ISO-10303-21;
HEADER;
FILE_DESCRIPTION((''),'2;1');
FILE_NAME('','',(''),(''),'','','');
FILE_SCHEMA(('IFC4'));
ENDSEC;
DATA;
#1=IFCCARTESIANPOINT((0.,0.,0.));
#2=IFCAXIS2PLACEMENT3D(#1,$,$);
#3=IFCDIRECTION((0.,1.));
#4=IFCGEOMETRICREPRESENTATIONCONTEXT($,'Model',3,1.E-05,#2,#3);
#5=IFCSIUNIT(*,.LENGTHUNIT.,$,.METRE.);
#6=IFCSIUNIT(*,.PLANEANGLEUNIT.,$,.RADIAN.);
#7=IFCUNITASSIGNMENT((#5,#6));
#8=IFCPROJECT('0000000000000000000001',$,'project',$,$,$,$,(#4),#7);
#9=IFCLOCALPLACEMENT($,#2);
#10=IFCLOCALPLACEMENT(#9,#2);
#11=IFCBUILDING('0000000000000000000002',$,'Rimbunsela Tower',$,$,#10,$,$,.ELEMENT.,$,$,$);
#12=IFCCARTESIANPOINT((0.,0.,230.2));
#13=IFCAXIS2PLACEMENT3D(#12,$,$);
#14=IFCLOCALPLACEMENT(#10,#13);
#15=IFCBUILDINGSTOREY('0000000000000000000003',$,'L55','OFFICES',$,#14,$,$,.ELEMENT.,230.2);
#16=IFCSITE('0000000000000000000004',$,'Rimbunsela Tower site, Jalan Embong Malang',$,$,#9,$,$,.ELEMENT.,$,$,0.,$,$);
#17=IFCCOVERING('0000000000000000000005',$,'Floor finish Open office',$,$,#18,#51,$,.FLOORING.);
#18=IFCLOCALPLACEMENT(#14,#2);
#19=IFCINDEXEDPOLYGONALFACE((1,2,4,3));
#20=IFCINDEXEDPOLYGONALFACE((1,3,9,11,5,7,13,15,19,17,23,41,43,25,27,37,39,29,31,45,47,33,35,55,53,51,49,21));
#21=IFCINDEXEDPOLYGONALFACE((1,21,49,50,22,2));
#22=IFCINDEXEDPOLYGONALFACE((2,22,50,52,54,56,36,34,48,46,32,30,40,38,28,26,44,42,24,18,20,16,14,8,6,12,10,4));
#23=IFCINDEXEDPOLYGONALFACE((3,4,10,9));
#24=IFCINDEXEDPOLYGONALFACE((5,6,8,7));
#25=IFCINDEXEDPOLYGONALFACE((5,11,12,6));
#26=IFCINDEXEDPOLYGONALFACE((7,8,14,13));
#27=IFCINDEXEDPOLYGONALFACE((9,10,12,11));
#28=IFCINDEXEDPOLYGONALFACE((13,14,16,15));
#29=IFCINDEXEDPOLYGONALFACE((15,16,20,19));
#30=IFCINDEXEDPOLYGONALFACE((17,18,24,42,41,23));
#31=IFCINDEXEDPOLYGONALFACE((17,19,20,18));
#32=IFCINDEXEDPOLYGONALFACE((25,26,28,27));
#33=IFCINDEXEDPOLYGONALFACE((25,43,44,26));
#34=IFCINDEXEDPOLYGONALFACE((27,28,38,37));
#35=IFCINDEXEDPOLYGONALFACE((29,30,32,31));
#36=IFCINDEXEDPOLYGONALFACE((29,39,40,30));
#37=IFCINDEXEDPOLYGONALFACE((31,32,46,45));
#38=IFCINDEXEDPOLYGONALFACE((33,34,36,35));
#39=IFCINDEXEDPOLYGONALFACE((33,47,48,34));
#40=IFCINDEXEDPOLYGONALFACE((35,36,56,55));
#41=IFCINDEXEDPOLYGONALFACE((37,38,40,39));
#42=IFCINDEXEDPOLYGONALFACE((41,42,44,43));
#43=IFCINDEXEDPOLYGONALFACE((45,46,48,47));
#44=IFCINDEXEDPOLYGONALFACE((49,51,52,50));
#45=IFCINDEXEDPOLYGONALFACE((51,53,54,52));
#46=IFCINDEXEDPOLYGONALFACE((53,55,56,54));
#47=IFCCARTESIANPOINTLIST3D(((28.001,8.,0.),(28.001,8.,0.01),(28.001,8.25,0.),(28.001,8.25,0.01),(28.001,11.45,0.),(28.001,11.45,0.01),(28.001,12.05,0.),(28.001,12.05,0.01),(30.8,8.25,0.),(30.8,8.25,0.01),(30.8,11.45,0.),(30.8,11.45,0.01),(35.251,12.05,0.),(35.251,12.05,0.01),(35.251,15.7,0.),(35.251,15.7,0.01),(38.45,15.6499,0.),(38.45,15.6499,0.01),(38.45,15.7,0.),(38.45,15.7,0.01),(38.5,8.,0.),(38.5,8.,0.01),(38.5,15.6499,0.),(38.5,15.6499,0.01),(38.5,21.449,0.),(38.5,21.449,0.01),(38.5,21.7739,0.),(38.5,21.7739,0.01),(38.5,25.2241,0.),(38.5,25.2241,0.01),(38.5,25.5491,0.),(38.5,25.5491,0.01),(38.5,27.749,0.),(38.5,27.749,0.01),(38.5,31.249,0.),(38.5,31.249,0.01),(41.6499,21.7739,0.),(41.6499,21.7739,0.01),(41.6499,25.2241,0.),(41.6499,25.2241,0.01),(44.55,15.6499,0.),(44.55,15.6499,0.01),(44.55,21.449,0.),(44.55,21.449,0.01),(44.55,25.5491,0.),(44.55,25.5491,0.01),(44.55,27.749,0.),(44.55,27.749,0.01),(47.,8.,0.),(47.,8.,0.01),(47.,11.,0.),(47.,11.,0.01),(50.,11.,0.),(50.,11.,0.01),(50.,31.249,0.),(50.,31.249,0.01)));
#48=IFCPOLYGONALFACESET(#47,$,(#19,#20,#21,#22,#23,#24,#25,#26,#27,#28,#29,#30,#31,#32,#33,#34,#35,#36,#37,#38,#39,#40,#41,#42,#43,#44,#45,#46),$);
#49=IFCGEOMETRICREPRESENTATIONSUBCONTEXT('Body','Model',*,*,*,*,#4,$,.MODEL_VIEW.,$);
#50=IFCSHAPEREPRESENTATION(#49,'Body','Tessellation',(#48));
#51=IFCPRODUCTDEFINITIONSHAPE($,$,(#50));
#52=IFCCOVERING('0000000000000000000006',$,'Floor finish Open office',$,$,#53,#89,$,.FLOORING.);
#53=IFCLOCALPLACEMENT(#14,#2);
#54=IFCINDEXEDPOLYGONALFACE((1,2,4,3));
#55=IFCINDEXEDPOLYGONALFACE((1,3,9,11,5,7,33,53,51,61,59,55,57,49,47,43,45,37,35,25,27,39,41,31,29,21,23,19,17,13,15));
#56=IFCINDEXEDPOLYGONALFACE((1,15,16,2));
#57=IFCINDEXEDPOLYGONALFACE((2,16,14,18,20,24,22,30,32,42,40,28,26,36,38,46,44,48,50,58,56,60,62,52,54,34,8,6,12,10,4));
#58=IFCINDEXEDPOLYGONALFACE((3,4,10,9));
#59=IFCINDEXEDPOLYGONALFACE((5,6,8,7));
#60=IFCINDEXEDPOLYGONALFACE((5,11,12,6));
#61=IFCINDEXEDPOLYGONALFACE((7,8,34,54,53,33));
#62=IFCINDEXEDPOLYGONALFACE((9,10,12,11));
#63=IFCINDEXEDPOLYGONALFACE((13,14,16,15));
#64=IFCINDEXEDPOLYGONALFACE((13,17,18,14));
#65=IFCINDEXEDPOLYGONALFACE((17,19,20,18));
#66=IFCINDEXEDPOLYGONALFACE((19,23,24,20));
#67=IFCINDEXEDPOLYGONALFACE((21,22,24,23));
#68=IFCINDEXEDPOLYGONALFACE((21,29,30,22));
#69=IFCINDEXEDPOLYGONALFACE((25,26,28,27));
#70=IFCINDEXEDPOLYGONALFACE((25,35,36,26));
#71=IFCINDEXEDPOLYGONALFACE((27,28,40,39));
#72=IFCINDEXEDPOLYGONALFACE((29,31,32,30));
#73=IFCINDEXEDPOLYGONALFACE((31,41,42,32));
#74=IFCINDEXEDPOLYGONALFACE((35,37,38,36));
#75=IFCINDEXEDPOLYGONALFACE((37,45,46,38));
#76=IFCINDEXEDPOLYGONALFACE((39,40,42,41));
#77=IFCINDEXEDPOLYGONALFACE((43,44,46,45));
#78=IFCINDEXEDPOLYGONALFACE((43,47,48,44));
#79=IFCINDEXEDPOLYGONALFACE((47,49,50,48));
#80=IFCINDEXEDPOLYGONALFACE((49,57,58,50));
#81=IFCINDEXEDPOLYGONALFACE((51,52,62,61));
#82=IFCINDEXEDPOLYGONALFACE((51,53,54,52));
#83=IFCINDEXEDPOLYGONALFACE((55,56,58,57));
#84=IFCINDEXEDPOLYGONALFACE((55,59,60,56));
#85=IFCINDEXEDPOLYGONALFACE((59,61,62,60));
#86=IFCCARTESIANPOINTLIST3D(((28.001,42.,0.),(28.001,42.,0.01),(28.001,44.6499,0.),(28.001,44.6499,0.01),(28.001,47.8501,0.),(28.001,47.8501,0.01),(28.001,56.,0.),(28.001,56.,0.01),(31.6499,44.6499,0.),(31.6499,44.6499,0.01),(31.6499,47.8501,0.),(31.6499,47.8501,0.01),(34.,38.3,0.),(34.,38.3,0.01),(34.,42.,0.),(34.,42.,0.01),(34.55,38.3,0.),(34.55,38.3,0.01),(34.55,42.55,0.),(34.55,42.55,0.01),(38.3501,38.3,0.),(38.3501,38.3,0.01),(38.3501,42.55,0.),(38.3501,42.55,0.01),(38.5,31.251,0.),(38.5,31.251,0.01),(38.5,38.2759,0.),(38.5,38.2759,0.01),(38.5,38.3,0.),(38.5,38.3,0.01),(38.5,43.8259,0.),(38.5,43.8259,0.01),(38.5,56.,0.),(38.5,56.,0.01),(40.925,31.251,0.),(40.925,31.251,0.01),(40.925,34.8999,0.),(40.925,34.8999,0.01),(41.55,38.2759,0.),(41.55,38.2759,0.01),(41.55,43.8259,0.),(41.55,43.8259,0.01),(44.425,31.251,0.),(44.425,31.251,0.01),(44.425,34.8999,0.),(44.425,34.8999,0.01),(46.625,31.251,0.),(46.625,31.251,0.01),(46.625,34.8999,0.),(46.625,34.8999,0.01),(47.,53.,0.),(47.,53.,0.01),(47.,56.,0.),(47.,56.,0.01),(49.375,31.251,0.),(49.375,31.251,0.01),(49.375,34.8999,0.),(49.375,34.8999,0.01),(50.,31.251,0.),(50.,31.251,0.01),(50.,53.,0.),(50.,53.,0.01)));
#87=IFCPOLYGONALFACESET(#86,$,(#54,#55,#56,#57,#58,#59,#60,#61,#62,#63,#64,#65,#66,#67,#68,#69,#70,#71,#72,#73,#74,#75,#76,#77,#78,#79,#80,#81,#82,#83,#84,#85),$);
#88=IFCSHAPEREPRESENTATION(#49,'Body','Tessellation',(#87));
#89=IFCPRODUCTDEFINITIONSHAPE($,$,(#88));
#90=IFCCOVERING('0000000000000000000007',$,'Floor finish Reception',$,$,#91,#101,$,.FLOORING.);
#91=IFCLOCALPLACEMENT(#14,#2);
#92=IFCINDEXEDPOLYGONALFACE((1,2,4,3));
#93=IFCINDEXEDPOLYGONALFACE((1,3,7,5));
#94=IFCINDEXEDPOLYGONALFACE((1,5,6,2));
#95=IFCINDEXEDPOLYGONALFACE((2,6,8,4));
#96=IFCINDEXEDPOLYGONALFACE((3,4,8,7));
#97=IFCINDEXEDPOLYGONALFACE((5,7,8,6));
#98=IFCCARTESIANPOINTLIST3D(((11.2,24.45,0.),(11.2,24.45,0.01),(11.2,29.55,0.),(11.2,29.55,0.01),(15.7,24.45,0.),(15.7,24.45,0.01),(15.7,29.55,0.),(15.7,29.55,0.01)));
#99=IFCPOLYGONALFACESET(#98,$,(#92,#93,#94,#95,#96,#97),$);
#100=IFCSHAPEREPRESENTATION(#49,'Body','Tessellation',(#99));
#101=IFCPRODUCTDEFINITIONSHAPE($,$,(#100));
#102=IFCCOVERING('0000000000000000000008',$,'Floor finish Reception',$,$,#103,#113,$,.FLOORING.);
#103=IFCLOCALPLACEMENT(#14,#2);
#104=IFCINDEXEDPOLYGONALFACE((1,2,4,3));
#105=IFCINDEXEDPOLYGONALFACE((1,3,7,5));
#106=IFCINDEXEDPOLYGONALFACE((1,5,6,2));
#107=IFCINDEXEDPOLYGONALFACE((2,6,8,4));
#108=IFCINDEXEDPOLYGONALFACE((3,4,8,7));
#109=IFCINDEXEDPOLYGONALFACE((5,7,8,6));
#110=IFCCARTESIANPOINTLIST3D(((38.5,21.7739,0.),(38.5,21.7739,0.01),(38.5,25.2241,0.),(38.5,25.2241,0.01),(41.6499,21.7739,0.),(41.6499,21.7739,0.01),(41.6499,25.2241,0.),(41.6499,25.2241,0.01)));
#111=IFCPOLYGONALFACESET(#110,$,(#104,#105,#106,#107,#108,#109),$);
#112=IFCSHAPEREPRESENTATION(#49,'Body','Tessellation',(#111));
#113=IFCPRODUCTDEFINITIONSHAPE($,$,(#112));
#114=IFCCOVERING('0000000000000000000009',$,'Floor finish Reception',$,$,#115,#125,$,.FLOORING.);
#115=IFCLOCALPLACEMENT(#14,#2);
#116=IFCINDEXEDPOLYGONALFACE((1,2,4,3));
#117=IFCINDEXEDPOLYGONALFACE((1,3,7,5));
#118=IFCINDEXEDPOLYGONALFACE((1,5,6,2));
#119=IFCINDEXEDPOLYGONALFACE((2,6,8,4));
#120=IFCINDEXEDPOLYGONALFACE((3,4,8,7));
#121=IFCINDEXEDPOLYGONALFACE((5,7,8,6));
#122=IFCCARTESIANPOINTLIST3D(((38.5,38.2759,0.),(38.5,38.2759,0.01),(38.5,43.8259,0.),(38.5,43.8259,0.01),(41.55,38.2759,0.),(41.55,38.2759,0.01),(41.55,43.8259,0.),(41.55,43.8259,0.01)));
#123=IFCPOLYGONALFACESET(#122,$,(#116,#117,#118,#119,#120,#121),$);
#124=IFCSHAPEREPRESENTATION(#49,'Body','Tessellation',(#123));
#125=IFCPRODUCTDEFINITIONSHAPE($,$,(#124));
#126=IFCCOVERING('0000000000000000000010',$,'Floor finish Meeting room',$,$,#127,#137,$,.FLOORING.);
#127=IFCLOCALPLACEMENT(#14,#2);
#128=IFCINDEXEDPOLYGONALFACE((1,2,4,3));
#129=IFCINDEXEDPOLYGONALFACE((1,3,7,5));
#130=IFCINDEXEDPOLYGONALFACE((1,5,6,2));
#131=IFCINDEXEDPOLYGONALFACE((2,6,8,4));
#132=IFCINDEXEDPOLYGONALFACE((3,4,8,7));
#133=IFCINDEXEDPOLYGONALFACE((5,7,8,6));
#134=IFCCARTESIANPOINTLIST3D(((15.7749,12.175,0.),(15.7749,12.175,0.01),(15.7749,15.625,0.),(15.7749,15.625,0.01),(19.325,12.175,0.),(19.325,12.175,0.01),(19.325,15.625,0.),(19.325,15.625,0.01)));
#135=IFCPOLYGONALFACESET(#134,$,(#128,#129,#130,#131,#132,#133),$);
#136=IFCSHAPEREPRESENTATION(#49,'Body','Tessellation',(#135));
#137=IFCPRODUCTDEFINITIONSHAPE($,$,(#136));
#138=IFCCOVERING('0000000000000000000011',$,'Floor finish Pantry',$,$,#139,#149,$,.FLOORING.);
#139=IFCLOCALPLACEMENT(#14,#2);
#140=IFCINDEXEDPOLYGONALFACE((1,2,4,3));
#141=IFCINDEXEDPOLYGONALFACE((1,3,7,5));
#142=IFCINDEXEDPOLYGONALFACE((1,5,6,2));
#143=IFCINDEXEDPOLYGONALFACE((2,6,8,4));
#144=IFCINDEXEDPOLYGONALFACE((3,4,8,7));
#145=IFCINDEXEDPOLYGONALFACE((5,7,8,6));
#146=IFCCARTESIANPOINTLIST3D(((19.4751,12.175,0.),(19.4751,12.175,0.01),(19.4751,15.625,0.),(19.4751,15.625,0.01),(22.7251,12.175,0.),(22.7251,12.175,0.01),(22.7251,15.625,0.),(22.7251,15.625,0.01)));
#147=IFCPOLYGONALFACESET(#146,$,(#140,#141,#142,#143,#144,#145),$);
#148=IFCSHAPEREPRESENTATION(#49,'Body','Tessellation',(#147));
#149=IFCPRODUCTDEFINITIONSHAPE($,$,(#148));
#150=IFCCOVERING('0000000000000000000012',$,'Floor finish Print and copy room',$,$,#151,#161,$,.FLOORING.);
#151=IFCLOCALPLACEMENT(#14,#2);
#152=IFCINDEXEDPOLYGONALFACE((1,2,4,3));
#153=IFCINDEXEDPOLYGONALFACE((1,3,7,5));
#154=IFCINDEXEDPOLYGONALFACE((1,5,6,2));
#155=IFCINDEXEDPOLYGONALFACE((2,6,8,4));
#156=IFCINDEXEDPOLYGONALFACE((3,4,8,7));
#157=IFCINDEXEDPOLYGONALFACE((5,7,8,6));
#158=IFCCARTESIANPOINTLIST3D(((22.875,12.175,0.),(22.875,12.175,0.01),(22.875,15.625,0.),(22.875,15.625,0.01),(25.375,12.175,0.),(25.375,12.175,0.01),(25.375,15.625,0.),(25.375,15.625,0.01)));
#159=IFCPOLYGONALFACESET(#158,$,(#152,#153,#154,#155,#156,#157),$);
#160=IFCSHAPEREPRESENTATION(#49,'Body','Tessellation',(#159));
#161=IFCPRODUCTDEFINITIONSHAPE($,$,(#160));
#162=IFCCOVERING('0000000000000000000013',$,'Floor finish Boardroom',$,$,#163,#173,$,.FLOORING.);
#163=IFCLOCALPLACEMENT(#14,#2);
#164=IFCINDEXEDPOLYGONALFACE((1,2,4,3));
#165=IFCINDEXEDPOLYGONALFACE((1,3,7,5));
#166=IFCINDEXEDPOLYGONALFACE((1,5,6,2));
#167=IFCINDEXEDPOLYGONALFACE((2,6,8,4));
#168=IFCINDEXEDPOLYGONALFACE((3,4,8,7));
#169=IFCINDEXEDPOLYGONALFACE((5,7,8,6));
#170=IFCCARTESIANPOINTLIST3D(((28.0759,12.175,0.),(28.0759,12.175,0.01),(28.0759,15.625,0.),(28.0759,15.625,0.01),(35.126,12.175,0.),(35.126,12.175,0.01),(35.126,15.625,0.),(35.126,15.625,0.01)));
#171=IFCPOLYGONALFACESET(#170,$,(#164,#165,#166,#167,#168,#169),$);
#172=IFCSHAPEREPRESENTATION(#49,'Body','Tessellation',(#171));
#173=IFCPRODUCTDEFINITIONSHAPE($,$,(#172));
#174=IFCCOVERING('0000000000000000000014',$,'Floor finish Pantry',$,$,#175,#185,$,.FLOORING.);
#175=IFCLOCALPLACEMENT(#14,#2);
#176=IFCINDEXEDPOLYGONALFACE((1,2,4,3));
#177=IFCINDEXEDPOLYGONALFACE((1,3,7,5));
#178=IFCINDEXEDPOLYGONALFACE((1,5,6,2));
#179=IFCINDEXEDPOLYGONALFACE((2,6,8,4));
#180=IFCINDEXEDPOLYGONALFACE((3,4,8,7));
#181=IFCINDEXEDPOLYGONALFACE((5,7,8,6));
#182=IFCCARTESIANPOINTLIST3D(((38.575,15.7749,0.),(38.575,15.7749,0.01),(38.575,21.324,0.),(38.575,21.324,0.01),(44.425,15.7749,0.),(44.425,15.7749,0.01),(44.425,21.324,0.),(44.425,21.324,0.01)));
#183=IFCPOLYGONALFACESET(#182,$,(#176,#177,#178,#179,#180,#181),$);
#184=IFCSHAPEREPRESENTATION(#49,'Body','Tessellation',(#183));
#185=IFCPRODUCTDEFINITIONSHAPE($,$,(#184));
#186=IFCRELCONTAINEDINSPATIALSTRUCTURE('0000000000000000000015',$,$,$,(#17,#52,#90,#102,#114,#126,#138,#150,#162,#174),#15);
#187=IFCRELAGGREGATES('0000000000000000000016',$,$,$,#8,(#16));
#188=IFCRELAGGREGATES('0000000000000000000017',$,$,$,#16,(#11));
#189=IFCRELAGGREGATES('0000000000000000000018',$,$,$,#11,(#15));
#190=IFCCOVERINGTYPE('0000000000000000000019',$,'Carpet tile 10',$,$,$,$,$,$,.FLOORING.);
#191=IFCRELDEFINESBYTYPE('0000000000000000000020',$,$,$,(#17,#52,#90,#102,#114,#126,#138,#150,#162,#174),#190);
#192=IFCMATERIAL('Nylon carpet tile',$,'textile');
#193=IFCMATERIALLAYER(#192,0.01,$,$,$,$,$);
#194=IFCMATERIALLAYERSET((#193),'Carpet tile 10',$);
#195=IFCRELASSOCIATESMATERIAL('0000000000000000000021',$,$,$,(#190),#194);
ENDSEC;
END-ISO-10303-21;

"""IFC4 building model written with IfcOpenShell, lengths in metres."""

from ifc_helpers import new_model, si_unit, direction, frame, origin, place, context, subcontext, project, spatial, polyline, outline, extrude, material, layer, layer_set, type_object, element, save


model = new_model("IFC4")

# Units and contexts
model_context = context("Model", 3, precision=1e-05, world=origin(), true_north=direction((0.0, 1.0)))
body_context = subcontext(model_context, "Body", "Model", "MODEL_VIEW")
ifc_project = project(units=[si_unit("LENGTHUNIT", "METRE"), si_unit("PLANEANGLEUNIT", "RADIAN")], contexts=[model_context])

# Site, building, storey
site_placement = place(None, origin())
site = spatial("IfcSite", under=ifc_project, at=site_placement, Name="Rimbunsela Tower site, Jalan Embong Malang", CompositionType="ELEMENT", RefElevation=0.0)
building_placement = place(site_placement, origin())
building = spatial("IfcBuilding", under=site, at=building_placement, Name="Rimbunsela Tower", CompositionType="ELEMENT")
storey_placement = place(building_placement, frame((0.0, 0.0, 230.2)))
storey = spatial("IfcBuildingStorey", under=building, at=storey_placement, Name="L55", Description="OFFICES", CompositionType="ELEMENT", Elevation=230.2)

# Coverings
ifc_material_1 = material(Name="Nylon carpet tile", Category="textile")
ifc_layer_1 = layer(ifc_material_1, 0.01)
ifc_layer_set_1 = layer_set([ifc_layer_1], Name="Carpet tile 10")
covering_type_1 = type_object("IfcCoveringType", Name="Carpet tile 10", PredefinedType="FLOORING", material=ifc_layer_set_1)
covering_1_placement = place(storey_placement, origin())
element("IfcCovering", 1, at=covering_1_placement, inside=storey, type_object=covering_type_1, Name="Floor finish Open office", PredefinedType="FLOORING", context=body_context, shape_type="SweptSolid", body=[
    extrude(outline(polyline([(28.001, 8.25), (30.8, 8.25), (30.8, 11.45), (28.001, 11.45), (28.001, 12.05), (35.251, 12.05), (35.251, 15.7), (38.45, 15.7), (38.45, 15.6499), (38.5, 15.6499), (44.55, 15.6499), (44.55, 21.449), (38.5, 21.449), (38.5, 21.7739), (41.6499, 21.7739), (41.6499, 25.2241), (38.5, 25.2241), (38.5, 25.5491), (44.55, 25.5491), (44.55, 27.749), (38.5, 27.749), (38.5, 31.249), (50.0, 31.249), (50.0, 11.0), (47.0, 11.0), (47.0, 8.0), (38.5, 8.0), (28.001, 8.0), (28.001, 8.25)])), origin(), (0.0, 0.0, 1.0), 0.01),
])
covering_2_placement = place(storey_placement, origin())
element("IfcCovering", 2, at=covering_2_placement, inside=storey, type_object=covering_type_1, Name="Floor finish Open office", PredefinedType="FLOORING", context=body_context, shape_type="SweptSolid", body=[
    extrude(outline(polyline([(38.5, 38.3), (38.3501, 38.3), (38.3501, 42.55), (34.55, 42.55), (34.55, 38.3), (34.0, 38.3), (34.0, 42.0), (28.001, 42.0), (28.001, 44.6499), (31.6499, 44.6499), (31.6499, 47.8501), (28.001, 47.8501), (28.001, 56.0), (38.5, 56.0), (47.0, 56.0), (47.0, 53.0), (50.0, 53.0), (50.0, 31.251), (49.375, 31.251), (49.375, 34.8999), (46.625, 34.8999), (46.625, 31.251), (44.425, 31.251), (44.425, 34.8999), (40.925, 34.8999), (40.925, 31.251), (38.5, 31.251), (38.5, 38.2759), (41.55, 38.2759), (41.55, 43.8259), (38.5, 43.8259), (38.5, 38.3)])), origin(), (0.0, 0.0, 1.0), 0.01),
])
covering_3_placement = place(storey_placement, origin())
element("IfcCovering", 3, at=covering_3_placement, inside=storey, type_object=covering_type_1, Name="Floor finish Reception", PredefinedType="FLOORING", context=body_context, shape_type="SweptSolid", body=[
    extrude(outline(polyline([(15.7, 24.45), (15.7, 29.55), (11.2, 29.55), (11.2, 24.45), (15.7, 24.45)])), origin(), (0.0, 0.0, 1.0), 0.01),
])
covering_4_placement = place(storey_placement, origin())
element("IfcCovering", 4, at=covering_4_placement, inside=storey, type_object=covering_type_1, Name="Floor finish Reception", PredefinedType="FLOORING", context=body_context, shape_type="SweptSolid", body=[
    extrude(outline(polyline([(41.6499, 21.7739), (41.6499, 25.2241), (38.5, 25.2241), (38.5, 21.7739), (41.6499, 21.7739)])), origin(), (0.0, 0.0, 1.0), 0.01),
])
covering_5_placement = place(storey_placement, origin())
element("IfcCovering", 5, at=covering_5_placement, inside=storey, type_object=covering_type_1, Name="Floor finish Reception", PredefinedType="FLOORING", context=body_context, shape_type="SweptSolid", body=[
    extrude(outline(polyline([(41.55, 38.2759), (41.55, 43.8259), (38.5, 43.8259), (38.5, 38.2759), (41.55, 38.2759)])), origin(), (0.0, 0.0, 1.0), 0.01),
])
covering_6_placement = place(storey_placement, origin())
element("IfcCovering", 6, at=covering_6_placement, inside=storey, type_object=covering_type_1, Name="Floor finish Meeting room", PredefinedType="FLOORING", context=body_context, shape_type="SweptSolid", body=[
    extrude(outline(polyline([(19.325, 12.175), (19.325, 15.625), (15.7749, 15.625), (15.7749, 12.175), (19.325, 12.175)])), origin(), (0.0, 0.0, 1.0), 0.01),
])
covering_7_placement = place(storey_placement, origin())
element("IfcCovering", 7, at=covering_7_placement, inside=storey, type_object=covering_type_1, Name="Floor finish Pantry", PredefinedType="FLOORING", context=body_context, shape_type="SweptSolid", body=[
    extrude(outline(polyline([(22.7251, 12.175), (22.7251, 15.625), (19.4751, 15.625), (19.4751, 12.175), (22.7251, 12.175)])), origin(), (0.0, 0.0, 1.0), 0.01),
])
covering_8_placement = place(storey_placement, origin())
element("IfcCovering", 8, at=covering_8_placement, inside=storey, type_object=covering_type_1, Name="Floor finish Print and copy room", PredefinedType="FLOORING", context=body_context, shape_type="SweptSolid", body=[
    extrude(outline(polyline([(25.375, 12.175), (25.375, 15.625), (22.875, 15.625), (22.875, 12.175), (25.375, 12.175)])), origin(), (0.0, 0.0, 1.0), 0.01),
])
covering_9_placement = place(storey_placement, origin())
element("IfcCovering", 9, at=covering_9_placement, inside=storey, type_object=covering_type_1, Name="Floor finish Boardroom", PredefinedType="FLOORING", context=body_context, shape_type="SweptSolid", body=[
    extrude(outline(polyline([(35.126, 12.175), (35.126, 15.625), (28.0759, 15.625), (28.0759, 12.175), (35.126, 12.175)])), origin(), (0.0, 0.0, 1.0), 0.01),
])
covering_10_placement = place(storey_placement, origin())
element("IfcCovering", 10, at=covering_10_placement, inside=storey, type_object=covering_type_1, Name="Floor finish Pantry", PredefinedType="FLOORING", context=body_context, shape_type="SweptSolid", body=[
    extrude(outline(polyline([(44.425, 15.7749), (44.425, 21.324), (38.575, 21.324), (38.575, 15.7749), (44.425, 15.7749)])), origin(), (0.0, 0.0, 1.0), 0.01),
])

save(model, "model.ifc")
